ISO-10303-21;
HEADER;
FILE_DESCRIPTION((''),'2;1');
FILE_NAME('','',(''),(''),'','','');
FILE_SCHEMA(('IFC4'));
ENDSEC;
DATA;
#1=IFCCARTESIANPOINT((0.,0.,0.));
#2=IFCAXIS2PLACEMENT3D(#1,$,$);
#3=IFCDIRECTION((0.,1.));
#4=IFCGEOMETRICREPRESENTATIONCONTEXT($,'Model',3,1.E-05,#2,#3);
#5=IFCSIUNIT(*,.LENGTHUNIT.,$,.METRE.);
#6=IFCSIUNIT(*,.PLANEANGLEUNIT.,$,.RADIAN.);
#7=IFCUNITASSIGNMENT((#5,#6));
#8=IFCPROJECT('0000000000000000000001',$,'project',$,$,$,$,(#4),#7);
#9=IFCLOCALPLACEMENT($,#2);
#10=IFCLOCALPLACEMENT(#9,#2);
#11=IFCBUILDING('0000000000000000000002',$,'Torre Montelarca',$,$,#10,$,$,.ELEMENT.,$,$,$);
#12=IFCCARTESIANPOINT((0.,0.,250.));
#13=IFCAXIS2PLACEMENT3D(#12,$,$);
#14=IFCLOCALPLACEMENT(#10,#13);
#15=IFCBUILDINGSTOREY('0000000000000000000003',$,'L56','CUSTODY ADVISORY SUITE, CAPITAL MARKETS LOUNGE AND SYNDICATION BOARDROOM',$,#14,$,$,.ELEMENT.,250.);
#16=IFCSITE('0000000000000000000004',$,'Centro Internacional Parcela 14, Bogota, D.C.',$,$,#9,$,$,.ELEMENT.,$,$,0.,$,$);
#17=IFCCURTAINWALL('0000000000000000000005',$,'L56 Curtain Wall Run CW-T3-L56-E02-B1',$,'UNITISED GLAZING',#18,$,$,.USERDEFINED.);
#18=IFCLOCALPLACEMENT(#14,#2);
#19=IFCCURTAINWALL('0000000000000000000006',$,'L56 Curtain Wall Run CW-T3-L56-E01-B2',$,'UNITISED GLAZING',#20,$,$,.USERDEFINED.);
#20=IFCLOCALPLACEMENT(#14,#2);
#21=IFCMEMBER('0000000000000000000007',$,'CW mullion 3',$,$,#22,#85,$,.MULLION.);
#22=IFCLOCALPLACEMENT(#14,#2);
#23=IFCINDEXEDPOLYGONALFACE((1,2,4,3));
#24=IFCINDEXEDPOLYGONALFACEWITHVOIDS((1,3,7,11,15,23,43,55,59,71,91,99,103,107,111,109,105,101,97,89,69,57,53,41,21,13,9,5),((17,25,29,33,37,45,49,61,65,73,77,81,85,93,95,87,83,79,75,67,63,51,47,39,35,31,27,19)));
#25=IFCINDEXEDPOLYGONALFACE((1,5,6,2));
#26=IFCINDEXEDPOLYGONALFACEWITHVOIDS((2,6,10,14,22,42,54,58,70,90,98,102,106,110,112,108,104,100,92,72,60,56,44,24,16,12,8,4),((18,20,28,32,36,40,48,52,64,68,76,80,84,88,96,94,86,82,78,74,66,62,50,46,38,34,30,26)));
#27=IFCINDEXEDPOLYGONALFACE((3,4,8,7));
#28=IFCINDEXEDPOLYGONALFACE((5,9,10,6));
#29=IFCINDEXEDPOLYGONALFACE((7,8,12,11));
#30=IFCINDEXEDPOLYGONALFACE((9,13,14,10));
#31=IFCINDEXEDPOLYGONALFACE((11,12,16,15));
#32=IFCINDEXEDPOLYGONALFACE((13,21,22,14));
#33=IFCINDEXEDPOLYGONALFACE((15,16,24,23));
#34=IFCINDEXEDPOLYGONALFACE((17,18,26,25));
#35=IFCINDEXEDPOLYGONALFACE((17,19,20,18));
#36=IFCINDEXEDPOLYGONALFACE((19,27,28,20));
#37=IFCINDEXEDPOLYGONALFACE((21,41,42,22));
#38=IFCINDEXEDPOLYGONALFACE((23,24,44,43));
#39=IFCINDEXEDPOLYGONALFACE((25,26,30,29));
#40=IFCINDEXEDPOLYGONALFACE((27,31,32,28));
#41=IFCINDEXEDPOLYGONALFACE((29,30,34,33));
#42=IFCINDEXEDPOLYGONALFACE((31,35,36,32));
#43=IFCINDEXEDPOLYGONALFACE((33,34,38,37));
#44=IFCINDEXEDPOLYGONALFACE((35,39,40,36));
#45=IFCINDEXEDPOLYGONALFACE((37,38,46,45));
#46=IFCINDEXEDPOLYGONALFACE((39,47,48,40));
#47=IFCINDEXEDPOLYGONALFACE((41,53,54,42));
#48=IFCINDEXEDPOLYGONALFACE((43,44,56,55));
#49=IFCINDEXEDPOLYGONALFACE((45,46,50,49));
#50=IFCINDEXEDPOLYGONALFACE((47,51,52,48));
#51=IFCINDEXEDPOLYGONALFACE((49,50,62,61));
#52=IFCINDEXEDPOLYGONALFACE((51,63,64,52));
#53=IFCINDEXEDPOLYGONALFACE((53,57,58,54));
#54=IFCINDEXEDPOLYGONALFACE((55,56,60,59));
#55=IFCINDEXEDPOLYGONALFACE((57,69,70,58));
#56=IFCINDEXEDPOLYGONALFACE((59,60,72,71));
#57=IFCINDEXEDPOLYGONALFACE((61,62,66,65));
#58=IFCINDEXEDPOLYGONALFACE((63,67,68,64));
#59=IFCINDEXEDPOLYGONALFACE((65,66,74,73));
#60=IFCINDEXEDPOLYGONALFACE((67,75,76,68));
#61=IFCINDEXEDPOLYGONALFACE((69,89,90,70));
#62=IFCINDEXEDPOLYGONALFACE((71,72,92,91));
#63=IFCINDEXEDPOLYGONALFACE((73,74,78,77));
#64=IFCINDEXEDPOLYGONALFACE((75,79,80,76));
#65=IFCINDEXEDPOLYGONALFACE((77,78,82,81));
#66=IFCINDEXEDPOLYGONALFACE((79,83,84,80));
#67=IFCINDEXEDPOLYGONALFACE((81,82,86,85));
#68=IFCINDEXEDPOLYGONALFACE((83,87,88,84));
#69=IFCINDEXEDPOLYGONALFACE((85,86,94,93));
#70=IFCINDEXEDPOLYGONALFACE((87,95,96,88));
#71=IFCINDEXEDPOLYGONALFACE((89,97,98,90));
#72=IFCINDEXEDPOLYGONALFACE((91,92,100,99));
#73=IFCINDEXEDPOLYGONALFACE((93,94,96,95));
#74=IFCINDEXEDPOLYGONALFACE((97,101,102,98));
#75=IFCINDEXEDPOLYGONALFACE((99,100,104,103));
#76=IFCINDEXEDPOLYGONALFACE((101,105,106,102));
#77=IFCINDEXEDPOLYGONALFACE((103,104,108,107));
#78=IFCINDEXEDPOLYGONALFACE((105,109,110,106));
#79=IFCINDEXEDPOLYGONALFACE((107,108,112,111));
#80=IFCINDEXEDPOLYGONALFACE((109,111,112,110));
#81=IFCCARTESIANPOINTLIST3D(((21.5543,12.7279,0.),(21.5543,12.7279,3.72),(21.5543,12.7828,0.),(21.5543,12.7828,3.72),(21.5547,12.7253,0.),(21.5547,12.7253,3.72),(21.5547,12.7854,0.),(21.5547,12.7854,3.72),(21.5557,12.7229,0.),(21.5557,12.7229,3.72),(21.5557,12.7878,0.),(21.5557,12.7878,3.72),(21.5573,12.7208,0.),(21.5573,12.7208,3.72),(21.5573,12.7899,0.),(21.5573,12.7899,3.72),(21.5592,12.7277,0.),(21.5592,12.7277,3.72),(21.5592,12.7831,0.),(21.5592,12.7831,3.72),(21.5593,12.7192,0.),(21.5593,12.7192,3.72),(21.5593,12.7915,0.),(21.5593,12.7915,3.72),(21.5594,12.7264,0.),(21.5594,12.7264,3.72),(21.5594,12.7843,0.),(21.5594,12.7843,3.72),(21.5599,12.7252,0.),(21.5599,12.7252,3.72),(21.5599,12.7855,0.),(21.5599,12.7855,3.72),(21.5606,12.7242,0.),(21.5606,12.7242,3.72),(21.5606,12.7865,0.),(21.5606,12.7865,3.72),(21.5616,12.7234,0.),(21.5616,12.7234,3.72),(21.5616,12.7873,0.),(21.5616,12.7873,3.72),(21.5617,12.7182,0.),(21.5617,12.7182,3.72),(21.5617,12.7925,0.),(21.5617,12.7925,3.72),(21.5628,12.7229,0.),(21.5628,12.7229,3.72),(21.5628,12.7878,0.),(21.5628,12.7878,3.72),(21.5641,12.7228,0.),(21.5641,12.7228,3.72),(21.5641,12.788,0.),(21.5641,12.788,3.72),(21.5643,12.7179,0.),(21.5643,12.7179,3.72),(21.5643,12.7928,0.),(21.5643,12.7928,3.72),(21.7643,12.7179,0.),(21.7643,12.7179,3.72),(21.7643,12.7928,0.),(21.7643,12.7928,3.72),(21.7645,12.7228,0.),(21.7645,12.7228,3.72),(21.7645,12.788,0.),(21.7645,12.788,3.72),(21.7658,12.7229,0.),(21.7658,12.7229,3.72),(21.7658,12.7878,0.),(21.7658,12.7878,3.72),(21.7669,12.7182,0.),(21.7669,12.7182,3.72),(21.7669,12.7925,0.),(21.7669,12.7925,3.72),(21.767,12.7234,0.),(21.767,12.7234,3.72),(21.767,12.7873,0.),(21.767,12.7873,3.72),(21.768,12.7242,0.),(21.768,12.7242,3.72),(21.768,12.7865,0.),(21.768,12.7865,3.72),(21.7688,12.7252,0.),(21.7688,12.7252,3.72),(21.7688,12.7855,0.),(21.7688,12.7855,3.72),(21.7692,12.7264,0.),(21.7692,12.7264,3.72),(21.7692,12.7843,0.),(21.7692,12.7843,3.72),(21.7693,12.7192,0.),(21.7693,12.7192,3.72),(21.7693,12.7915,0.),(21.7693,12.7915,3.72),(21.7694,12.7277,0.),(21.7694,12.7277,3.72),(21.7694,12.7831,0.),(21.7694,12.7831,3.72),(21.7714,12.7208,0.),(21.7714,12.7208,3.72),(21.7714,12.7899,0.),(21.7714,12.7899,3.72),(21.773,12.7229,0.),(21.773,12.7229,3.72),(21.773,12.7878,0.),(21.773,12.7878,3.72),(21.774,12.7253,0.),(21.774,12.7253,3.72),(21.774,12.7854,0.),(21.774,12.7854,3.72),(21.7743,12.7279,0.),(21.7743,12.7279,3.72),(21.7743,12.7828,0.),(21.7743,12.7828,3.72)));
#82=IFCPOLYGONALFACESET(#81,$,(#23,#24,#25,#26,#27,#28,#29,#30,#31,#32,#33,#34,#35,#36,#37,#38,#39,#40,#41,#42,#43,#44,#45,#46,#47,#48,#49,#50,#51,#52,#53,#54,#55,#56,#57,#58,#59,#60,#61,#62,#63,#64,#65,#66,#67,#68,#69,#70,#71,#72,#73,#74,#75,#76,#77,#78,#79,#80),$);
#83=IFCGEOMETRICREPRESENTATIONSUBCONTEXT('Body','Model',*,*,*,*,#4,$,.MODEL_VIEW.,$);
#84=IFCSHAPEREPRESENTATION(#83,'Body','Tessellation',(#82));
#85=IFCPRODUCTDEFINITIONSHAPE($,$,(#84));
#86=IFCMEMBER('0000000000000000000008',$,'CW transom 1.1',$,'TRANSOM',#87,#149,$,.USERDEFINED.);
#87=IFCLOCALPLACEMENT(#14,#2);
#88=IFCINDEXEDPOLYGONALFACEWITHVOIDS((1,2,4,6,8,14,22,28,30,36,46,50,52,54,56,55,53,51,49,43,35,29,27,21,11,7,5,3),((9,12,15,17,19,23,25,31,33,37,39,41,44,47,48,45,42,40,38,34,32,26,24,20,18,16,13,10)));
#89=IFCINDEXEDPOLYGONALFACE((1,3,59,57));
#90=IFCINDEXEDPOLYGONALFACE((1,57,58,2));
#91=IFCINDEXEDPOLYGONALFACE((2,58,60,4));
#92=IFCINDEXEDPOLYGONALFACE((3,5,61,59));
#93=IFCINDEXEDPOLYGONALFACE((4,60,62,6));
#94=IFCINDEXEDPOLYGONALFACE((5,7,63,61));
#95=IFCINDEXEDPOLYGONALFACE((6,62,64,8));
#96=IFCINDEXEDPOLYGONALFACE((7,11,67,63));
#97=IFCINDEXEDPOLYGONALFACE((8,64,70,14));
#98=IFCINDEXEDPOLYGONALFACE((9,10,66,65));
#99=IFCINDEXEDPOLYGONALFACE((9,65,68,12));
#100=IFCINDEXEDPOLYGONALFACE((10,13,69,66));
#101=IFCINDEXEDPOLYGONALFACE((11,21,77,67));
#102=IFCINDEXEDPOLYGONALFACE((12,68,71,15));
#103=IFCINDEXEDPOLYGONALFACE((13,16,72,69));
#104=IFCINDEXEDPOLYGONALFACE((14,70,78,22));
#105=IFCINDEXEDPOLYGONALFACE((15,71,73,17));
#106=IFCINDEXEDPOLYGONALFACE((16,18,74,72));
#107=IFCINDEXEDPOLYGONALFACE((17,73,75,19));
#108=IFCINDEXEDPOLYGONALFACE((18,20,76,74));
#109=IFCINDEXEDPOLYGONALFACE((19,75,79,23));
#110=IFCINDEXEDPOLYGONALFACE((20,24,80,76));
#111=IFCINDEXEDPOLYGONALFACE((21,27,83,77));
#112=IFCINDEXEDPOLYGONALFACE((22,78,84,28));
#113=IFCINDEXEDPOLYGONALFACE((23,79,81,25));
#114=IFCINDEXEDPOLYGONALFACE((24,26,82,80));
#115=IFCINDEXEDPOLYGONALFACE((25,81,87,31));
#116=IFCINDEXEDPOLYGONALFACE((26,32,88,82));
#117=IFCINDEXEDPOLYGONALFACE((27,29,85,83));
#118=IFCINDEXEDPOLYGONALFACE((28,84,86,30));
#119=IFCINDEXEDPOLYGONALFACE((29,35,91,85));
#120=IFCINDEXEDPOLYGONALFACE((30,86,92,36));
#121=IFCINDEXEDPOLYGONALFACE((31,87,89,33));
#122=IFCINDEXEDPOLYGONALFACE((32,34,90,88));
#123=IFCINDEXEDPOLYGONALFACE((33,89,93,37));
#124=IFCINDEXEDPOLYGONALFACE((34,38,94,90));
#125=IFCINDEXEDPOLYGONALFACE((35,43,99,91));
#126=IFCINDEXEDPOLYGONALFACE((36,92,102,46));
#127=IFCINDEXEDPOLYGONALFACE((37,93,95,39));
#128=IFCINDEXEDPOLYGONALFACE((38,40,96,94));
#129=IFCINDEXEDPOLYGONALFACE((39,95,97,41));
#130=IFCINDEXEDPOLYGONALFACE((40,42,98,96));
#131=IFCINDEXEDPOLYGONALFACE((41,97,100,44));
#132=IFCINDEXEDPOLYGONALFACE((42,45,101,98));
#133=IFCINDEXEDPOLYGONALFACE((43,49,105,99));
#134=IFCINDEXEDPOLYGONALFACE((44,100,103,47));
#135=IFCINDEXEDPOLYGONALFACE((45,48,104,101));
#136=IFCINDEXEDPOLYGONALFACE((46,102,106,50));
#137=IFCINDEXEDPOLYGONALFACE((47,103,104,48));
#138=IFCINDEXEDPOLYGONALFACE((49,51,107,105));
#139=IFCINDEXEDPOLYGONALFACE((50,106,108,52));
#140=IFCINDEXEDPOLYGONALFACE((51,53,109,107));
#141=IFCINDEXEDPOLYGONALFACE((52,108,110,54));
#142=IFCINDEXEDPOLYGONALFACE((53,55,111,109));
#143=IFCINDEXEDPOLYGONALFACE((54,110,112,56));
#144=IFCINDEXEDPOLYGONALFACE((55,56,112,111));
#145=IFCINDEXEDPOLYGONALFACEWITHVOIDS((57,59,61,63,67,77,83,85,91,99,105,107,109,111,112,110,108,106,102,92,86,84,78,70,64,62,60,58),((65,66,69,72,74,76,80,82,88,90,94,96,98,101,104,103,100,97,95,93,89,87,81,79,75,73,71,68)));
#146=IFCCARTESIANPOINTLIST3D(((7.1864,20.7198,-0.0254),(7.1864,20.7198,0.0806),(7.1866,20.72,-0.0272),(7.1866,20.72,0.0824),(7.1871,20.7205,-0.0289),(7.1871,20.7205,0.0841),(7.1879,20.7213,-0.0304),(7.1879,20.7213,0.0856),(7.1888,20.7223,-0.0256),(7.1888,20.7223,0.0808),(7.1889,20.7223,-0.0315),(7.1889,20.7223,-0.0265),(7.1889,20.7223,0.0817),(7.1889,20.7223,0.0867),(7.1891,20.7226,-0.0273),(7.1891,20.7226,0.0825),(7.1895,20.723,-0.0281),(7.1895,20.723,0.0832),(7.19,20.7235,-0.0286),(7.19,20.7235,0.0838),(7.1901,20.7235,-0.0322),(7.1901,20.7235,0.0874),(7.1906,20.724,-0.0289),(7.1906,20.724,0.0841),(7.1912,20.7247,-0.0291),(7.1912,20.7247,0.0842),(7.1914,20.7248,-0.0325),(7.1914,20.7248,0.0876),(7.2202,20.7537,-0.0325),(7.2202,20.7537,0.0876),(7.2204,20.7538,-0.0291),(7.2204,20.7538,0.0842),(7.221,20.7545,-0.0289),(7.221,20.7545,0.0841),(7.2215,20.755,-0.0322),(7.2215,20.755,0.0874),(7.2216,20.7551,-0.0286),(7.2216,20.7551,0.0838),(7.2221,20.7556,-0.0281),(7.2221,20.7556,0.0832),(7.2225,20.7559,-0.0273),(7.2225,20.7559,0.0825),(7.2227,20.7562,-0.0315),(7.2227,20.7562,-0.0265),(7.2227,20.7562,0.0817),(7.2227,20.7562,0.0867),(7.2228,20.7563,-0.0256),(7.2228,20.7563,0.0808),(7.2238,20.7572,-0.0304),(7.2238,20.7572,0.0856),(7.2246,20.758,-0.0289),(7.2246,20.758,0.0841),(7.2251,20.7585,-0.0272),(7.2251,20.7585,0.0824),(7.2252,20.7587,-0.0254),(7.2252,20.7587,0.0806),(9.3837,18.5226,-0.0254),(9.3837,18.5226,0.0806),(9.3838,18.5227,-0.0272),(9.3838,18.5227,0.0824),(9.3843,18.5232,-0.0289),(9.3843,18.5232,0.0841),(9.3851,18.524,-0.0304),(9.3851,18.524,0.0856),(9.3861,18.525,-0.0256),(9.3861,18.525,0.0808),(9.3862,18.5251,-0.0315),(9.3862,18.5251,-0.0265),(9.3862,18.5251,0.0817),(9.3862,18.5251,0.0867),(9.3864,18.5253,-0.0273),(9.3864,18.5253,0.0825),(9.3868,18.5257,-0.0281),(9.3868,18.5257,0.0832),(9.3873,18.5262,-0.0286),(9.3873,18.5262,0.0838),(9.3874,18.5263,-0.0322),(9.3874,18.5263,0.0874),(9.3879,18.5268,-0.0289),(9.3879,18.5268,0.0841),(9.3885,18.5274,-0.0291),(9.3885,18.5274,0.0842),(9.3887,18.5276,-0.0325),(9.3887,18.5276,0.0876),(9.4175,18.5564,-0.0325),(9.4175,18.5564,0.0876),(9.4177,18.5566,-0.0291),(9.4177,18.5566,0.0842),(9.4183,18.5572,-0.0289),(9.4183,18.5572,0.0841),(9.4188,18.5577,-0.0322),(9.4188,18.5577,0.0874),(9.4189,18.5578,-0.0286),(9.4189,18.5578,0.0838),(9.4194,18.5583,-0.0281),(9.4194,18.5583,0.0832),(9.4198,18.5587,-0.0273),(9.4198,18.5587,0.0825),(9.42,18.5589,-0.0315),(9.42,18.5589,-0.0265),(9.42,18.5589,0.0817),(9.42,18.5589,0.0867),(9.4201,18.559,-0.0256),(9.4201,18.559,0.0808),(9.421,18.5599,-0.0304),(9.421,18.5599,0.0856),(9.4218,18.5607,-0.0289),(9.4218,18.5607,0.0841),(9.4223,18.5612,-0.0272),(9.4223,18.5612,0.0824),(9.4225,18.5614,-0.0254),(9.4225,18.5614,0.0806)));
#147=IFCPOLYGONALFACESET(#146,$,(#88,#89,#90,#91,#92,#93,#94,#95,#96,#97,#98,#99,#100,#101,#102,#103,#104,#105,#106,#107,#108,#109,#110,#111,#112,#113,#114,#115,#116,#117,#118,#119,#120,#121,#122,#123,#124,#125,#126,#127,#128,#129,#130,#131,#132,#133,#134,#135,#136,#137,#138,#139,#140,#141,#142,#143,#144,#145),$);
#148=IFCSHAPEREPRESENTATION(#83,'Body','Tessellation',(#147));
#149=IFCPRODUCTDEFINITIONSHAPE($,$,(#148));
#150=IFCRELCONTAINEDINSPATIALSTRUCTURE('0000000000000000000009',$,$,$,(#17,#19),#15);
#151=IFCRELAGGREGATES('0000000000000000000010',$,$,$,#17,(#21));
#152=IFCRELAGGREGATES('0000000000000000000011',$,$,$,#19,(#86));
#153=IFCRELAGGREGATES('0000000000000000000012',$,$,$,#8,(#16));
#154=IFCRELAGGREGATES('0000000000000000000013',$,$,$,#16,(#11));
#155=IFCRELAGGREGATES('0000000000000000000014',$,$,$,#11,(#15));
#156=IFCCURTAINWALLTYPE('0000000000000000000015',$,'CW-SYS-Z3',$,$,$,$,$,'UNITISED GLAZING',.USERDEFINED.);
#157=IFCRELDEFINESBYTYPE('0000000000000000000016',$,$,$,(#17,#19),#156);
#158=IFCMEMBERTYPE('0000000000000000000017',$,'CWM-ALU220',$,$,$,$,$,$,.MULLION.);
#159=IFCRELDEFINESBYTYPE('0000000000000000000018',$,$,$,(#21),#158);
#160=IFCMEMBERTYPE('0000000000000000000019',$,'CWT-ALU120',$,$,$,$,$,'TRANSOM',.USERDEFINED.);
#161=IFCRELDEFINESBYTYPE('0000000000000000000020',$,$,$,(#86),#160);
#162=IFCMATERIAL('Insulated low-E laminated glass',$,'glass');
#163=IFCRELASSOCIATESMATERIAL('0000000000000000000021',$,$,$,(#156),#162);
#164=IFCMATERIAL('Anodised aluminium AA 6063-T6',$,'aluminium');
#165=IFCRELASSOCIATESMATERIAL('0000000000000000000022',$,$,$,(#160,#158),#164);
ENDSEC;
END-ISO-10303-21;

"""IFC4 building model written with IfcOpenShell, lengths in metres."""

from ifc_helpers import new_model, si_unit, direction, frame, origin, origin_2d, place, context, subcontext, project, spatial, hollow_rectangle, extrude, source, transform, mapped, material, material_profile, profile_set, type_object, element, aggregate, save


model = new_model("IFC4")

# Units and contexts
model_context = context("Model", 3, precision=1e-05, world=origin(), true_north=direction((0.0, 1.0)))
body_context = subcontext(model_context, "Body", "Model", "MODEL_VIEW")
ifc_project = project(units=[si_unit("LENGTHUNIT", "METRE"), si_unit("PLANEANGLEUNIT", "RADIAN")], contexts=[model_context])

# Site, building, storey
site_placement = place(None, origin())
site = spatial("IfcSite", under=ifc_project, at=site_placement, Name="Centro Internacional Parcela 14, Bogota, D.C.", CompositionType="ELEMENT", RefElevation=0.0)
building_placement = place(site_placement, origin())
building = spatial("IfcBuilding", under=site, at=building_placement, Name="Torre Montelarca", CompositionType="ELEMENT")
storey_placement = place(building_placement, frame((0.0, 0.0, 250.0)))
storey = spatial("IfcBuildingStorey", under=building, at=storey_placement, Name="L56", Description="CUSTODY ADVISORY SUITE, CAPITAL MARKETS LOUNGE AND SYNDICATION BOARDROOM", CompositionType="ELEMENT", Elevation=250.0)

# Curtain walls
ifc_material_1 = material(Name="Insulated low-E laminated glass", Category="glass")
curtain_wall_type = type_object("IfcCurtainWallType", Name="CW-SYS-Z3", ElementType="UNITISED GLAZING", PredefinedType="USERDEFINED", material=ifc_material_1)
curtain_wall_1_placement = place(storey_placement, origin())
curtain_wall_1 = element("IfcCurtainWall", 1, at=curtain_wall_1_placement, inside=storey, type_object=curtain_wall_type, Name="L56 Curtain Wall Run CW-T3-L56-E02-B1", ObjectType="UNITISED GLAZING", PredefinedType="USERDEFINED")
ifc_material_2 = material(Name="Anodised aluminium AA 6063-T6", Category="aluminium")
ifc_material_profile_1 = material_profile(ifc_material_2, hollow_rectangle(XDim=0.0549, YDim=0.1201, WallThickness=0.0034, InnerFilletRadius=0.0034, OuterFilletRadius=0.0071, at=origin_2d()), Name="ALU55X120X3.5", Category="aluminium")
ifc_profile_set_1 = profile_set([ifc_material_profile_1], Name="Anodised aluminium AA 6063-T6")
member_type_1 = type_object("IfcMemberType", Name="CWT-ALU120", ElementType="TRANSOM", PredefinedType="USERDEFINED", material=ifc_profile_set_1)
curtain_wall_2_placement = place(storey_placement, origin())
curtain_wall_2 = element("IfcCurtainWall", 2, at=curtain_wall_2_placement, inside=storey, type_object=curtain_wall_type, Name="L56 Curtain Wall Run CW-T3-L56-E01-B2", ObjectType="UNITISED GLAZING", PredefinedType="USERDEFINED")
ifc_material_profile_2 = material_profile(ifc_material_2, hollow_rectangle(XDim=0.075, YDim=0.22, WallThickness=0.0049, InnerFilletRadius=0.0049, OuterFilletRadius=0.01, at=origin_2d()), Name="ALU75X220X5", Category="aluminium")
ifc_profile_set_2 = profile_set([ifc_material_profile_2], Name="Anodised aluminium AA 6063-T6")
member_type_2 = type_object("IfcMemberType", Name="CWM-ALU220", PredefinedType="MULLION", material=ifc_profile_set_2)
shared_shape_1 = source(origin(), body_context, "Body", "SweptSolid", [
    extrude(hollow_rectangle(XDim=0.075, YDim=0.22, WallThickness=0.0049, InnerFilletRadius=0.0049, OuterFilletRadius=0.01, at=origin_2d()), origin(), (0.0, 0.0, 1.0), 3.72),
])

# Members
member_1_placement = place(storey_placement, frame((21.6643, 12.7554, 0.0), z_axis=(0.0, 0.0, 1.0), x_axis=(0.0, 1.0, 0.0)))
member_1 = element("IfcMember", 3, at=member_1_placement, type_object=member_type_2, Name="CW mullion 3", PredefinedType="MULLION", context=body_context, shape_type="MappedRepresentation", body=[
    mapped(shared_shape_1, transform((0.0, 0.0, 0.0), scale=1.0)),
])
shared_shape_2 = source(origin(), body_context, "Body", "SweptSolid", [
    extrude(hollow_rectangle(XDim=0.0549, YDim=0.1201, WallThickness=0.0034, InnerFilletRadius=0.0034, OuterFilletRadius=0.0071, at=origin_2d()), origin(), (0.0, 0.0, 1.0), 3.1074),
])
member_2_placement = place(storey_placement, frame((7.2058, 20.7393, 0.0276), z_axis=(0.707107, -0.707107, 0.0), x_axis=(0.707107, 0.707107, 0.0)))
member_2 = element("IfcMember", 4, at=member_2_placement, type_object=member_type_1, Name="CW transom 1.1", ObjectType="TRANSOM", PredefinedType="USERDEFINED", context=body_context, shape_type="MappedRepresentation", body=[
    mapped(shared_shape_2, transform((0.0, 0.0, 0.0), scale=1.0)),
])

aggregate(curtain_wall_1, [member_1])
aggregate(curtain_wall_2, [member_2])

save(model, "model.ifc")
